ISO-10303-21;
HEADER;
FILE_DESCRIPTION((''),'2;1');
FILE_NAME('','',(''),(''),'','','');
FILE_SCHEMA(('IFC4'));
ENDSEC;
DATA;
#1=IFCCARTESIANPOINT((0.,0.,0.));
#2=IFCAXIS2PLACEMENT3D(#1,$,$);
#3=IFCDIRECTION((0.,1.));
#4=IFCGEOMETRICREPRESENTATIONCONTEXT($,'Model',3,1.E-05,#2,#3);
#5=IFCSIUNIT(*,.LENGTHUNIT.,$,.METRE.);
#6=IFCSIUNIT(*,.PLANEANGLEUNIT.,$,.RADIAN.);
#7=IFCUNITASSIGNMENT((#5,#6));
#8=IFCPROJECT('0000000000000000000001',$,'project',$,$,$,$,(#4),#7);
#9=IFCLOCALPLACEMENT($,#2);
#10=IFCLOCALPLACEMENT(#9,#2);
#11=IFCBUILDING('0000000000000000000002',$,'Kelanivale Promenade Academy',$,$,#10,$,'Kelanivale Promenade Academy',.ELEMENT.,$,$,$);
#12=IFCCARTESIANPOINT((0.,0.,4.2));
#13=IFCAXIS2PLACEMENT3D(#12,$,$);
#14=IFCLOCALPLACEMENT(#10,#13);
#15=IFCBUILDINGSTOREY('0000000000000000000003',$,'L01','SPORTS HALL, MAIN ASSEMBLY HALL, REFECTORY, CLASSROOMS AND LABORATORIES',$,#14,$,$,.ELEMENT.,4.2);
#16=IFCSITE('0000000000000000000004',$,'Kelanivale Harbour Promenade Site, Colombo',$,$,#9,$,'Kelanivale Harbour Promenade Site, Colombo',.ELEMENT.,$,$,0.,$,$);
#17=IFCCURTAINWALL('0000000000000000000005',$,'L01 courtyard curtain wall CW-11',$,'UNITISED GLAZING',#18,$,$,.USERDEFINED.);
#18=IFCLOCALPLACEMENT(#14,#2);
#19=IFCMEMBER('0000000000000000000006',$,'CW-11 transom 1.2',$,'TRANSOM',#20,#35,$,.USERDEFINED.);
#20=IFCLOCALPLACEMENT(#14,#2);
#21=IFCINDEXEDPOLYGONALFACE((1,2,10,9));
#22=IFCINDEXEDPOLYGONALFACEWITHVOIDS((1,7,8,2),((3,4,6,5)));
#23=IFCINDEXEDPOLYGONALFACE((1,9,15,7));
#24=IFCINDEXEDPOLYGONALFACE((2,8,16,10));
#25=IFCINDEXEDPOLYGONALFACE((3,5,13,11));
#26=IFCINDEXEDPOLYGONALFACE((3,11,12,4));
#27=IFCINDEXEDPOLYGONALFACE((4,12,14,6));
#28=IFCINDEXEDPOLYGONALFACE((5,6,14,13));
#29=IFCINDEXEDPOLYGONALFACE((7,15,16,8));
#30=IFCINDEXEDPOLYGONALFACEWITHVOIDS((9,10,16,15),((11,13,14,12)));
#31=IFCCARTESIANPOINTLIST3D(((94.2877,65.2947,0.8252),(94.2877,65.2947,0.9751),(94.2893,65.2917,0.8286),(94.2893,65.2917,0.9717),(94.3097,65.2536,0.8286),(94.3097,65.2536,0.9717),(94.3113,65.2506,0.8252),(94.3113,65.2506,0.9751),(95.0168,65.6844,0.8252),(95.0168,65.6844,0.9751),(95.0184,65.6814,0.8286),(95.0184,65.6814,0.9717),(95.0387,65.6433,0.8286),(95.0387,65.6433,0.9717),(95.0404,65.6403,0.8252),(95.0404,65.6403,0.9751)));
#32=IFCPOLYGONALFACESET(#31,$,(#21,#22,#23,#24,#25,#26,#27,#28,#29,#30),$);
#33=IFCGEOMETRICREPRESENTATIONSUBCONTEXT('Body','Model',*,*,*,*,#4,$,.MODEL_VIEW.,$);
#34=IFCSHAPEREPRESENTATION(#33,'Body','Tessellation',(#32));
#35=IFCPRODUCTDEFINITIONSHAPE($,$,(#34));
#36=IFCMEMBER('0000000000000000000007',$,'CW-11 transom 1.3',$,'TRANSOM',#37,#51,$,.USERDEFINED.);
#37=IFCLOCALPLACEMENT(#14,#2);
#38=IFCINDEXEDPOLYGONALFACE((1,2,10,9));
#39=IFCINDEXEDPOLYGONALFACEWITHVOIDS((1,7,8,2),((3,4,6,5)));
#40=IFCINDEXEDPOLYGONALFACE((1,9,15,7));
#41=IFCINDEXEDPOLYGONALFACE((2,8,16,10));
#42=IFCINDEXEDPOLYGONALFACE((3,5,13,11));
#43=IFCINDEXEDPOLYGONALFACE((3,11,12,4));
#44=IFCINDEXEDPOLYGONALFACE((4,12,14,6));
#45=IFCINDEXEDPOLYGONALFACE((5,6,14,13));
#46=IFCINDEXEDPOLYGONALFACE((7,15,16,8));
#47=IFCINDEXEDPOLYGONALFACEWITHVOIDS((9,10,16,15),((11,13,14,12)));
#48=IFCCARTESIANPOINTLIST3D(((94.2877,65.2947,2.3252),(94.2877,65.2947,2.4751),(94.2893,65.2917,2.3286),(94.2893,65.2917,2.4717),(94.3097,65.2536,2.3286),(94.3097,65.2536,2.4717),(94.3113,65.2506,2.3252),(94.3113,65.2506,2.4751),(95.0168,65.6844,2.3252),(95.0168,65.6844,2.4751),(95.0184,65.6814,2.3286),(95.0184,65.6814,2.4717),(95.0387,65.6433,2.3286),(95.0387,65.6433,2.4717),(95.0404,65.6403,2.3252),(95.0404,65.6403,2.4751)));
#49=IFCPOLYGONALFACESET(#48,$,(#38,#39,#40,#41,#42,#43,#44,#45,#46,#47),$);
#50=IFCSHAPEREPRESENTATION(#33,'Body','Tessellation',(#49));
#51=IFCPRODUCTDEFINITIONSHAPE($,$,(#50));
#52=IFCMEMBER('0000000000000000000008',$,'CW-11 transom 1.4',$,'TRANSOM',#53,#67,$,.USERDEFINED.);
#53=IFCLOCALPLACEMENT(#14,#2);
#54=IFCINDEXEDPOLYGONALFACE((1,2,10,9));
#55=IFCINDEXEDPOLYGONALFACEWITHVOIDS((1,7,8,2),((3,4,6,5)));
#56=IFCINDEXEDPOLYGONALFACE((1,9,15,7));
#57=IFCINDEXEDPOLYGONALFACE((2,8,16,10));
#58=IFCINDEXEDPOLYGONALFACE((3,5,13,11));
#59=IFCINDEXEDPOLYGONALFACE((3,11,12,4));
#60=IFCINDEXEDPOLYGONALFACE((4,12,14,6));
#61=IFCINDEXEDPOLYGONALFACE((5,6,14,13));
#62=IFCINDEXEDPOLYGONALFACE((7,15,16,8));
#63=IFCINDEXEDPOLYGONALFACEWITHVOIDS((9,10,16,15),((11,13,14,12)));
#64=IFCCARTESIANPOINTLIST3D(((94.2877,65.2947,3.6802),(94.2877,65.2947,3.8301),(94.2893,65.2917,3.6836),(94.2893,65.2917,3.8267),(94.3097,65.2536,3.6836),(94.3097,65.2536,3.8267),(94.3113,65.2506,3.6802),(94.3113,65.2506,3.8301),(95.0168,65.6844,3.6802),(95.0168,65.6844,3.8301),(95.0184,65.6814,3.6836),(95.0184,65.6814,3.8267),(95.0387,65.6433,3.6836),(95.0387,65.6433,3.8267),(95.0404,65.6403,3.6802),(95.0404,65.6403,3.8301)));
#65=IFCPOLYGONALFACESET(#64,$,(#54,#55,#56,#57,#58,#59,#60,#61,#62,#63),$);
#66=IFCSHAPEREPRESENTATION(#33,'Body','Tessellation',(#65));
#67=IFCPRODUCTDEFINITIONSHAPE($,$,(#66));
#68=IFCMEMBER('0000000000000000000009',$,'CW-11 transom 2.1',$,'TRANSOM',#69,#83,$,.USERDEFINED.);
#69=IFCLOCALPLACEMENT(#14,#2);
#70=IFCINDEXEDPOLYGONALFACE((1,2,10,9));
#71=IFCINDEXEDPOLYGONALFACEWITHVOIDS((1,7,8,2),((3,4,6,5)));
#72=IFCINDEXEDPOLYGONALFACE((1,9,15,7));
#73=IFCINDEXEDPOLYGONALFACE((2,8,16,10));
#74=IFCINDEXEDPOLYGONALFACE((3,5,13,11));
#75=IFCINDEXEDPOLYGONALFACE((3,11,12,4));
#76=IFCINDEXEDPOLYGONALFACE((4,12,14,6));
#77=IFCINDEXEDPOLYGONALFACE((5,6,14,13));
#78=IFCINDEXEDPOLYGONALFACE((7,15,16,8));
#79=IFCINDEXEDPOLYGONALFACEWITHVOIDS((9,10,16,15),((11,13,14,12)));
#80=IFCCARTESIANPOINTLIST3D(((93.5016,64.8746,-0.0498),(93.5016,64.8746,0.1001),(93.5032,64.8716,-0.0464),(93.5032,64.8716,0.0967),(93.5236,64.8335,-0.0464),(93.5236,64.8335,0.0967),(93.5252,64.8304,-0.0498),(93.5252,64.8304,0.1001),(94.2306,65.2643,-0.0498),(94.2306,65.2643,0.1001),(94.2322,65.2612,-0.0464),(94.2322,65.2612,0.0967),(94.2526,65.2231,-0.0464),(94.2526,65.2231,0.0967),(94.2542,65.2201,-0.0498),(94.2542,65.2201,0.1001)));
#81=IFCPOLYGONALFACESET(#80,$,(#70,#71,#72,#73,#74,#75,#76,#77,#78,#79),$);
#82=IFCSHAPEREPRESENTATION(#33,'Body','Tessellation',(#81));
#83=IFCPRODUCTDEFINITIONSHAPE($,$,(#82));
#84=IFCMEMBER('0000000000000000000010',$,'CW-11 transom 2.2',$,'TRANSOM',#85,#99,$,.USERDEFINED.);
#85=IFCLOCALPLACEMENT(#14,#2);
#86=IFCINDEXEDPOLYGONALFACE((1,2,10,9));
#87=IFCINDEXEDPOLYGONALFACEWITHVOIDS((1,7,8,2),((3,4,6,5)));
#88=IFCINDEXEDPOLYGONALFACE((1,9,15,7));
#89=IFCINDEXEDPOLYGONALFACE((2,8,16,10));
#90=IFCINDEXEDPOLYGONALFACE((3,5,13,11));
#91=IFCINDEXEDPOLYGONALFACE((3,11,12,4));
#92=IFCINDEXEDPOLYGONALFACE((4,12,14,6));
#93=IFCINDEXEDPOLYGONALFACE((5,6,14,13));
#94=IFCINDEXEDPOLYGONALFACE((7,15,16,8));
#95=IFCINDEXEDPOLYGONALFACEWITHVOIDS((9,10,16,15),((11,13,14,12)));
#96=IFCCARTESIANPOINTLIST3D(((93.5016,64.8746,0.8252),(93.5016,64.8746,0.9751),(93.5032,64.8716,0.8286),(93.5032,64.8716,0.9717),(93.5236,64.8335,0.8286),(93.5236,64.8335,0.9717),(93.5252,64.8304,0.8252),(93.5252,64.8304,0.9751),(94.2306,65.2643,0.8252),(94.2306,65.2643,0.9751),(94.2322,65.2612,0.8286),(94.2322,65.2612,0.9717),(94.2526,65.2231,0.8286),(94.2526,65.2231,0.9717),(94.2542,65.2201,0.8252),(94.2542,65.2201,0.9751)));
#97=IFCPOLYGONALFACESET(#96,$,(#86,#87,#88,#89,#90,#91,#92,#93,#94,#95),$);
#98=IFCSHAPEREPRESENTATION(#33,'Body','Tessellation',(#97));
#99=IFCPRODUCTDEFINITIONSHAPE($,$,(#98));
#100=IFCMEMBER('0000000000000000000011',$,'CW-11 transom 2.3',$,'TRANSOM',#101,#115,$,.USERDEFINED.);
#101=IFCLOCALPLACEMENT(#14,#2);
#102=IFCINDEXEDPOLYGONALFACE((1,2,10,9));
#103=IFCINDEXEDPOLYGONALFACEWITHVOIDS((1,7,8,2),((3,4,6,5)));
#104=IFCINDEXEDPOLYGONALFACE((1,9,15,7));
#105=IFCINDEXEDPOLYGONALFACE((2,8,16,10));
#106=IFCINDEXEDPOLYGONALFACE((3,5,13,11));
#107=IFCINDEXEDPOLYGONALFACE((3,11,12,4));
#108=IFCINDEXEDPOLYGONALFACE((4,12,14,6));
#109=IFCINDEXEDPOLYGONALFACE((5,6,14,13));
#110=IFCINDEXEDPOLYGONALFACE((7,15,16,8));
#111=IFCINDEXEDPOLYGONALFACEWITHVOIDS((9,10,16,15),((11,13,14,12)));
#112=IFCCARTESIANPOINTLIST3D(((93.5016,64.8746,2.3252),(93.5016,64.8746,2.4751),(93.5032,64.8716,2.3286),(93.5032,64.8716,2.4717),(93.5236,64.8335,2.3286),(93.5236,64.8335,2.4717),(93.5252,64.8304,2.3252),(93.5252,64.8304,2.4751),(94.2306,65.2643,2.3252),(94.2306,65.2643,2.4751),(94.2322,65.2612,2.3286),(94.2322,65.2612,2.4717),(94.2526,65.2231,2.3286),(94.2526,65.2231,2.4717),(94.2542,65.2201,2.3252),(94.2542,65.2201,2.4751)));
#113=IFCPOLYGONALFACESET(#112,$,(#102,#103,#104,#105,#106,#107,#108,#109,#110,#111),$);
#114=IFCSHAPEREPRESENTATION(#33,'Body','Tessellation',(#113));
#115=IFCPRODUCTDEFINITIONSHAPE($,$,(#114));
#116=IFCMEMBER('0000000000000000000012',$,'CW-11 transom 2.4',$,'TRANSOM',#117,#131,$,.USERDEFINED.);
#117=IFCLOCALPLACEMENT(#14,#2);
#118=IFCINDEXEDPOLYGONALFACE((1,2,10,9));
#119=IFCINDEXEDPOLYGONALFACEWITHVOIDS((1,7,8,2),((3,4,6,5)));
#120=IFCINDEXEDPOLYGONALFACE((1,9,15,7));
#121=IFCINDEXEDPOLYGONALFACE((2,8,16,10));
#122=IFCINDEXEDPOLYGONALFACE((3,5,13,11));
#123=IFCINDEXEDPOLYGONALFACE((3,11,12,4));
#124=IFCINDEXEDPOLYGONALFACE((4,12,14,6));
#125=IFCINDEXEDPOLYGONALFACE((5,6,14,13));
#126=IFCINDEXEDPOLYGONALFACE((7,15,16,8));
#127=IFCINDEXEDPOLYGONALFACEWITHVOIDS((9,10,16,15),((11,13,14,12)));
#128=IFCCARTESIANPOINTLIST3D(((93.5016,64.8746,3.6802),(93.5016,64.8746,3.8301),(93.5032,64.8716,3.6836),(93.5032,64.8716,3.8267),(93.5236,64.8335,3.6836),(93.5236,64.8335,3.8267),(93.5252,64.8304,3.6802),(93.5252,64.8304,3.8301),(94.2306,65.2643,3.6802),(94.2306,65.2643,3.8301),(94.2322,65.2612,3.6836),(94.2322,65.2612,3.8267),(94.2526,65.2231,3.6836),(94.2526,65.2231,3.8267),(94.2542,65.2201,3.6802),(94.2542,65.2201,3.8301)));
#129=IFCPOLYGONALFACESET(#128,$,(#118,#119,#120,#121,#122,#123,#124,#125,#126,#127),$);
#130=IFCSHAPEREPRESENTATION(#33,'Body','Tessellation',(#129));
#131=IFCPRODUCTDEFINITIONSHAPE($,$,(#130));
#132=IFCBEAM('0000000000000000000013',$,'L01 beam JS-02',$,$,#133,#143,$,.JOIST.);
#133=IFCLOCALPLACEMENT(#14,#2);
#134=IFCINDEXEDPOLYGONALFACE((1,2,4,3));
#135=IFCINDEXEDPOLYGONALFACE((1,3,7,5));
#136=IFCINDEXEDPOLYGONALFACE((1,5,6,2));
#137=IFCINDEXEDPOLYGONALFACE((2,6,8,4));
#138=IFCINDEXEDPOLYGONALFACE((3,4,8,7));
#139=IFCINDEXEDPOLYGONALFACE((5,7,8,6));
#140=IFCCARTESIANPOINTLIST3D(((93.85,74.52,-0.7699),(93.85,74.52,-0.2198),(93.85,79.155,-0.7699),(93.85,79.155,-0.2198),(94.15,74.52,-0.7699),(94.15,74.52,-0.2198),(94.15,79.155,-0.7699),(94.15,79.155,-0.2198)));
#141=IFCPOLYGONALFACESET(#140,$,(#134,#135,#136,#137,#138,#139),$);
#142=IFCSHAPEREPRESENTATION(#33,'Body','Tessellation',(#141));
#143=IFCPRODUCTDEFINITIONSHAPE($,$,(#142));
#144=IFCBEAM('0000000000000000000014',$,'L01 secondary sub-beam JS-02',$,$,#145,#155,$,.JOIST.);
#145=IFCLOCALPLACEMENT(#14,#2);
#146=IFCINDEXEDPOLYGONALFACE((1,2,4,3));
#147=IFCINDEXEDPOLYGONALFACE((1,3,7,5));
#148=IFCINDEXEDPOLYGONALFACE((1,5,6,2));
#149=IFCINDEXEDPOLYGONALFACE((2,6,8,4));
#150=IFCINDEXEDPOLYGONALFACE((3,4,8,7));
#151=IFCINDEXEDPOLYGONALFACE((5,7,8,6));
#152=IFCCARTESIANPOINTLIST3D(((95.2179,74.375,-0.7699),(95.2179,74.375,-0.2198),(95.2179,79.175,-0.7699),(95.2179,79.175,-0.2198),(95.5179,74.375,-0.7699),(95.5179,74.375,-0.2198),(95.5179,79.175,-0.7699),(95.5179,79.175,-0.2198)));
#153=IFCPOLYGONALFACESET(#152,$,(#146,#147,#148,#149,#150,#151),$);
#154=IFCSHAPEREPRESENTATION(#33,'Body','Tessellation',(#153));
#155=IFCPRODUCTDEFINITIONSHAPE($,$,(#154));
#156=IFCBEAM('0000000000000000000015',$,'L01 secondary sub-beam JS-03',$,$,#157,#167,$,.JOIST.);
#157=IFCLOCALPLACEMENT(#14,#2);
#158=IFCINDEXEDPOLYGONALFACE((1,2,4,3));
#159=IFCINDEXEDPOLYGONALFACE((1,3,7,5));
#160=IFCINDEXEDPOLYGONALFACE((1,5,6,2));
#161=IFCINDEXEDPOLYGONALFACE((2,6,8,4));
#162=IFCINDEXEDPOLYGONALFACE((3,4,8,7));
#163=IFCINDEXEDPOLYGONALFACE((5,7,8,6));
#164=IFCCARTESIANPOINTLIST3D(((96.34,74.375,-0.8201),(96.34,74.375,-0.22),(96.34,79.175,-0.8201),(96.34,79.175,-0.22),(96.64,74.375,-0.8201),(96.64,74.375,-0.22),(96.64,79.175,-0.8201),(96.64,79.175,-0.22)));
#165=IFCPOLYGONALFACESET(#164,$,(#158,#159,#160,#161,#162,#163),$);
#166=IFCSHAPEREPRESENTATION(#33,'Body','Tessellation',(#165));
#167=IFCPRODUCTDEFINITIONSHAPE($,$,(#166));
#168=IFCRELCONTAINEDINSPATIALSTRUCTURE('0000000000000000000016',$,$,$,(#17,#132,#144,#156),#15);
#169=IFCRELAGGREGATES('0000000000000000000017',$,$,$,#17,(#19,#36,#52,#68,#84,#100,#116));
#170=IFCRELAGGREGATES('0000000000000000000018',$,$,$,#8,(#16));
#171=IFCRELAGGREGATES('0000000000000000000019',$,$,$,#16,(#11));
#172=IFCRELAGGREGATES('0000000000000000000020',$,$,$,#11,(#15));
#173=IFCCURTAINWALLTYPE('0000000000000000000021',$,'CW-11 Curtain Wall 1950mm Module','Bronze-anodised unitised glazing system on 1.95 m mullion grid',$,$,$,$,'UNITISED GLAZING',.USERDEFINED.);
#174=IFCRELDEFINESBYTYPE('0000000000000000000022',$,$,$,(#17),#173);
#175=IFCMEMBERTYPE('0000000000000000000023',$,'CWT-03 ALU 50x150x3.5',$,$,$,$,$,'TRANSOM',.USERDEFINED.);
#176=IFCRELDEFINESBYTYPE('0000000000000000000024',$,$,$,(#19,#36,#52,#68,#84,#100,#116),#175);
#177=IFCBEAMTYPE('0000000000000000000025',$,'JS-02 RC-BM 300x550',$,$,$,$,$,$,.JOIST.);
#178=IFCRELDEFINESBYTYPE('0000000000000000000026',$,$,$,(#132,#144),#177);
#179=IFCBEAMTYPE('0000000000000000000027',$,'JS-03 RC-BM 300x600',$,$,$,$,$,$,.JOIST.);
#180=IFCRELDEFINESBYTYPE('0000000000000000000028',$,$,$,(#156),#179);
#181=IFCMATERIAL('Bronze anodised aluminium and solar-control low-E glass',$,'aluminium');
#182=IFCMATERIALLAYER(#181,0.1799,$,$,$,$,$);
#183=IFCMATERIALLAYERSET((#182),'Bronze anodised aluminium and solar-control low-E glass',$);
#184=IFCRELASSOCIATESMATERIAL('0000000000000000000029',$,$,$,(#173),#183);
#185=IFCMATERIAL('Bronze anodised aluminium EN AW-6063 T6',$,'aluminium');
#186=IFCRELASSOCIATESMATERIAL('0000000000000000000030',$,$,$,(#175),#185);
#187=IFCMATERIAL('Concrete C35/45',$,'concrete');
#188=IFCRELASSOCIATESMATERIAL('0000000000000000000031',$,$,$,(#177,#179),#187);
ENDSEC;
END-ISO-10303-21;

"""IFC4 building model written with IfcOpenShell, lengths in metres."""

from ifc_helpers import new_model, si_unit, direction, frame, origin, origin_2d, place, context, subcontext, project, spatial, rectangle, hollow_rectangle, extrude, material, layer, layer_set, material_profile, profile_set, type_object, element, aggregate, save


model = new_model("IFC4")

# Units and contexts
model_context = context("Model", 3, precision=1e-05, world=origin(), true_north=direction((0.0, 1.0)))
body_context = subcontext(model_context, "Body", "Model", "MODEL_VIEW")
ifc_project = project(units=[si_unit("LENGTHUNIT", "METRE"), si_unit("PLANEANGLEUNIT", "RADIAN")], contexts=[model_context])

# Site, building, storey
site_placement = place(None, origin())
site = spatial("IfcSite", under=ifc_project, at=site_placement, Name="Kelanivale Harbour Promenade Site, Colombo", LongName="Kelanivale Harbour Promenade Site, Colombo", CompositionType="ELEMENT", RefElevation=0.0)
building_placement = place(site_placement, origin())
building = spatial("IfcBuilding", under=site, at=building_placement, Name="Kelanivale Promenade Academy", LongName="Kelanivale Promenade Academy", CompositionType="ELEMENT")
storey_placement = place(building_placement, frame((0.0, 0.0, 4.2)))
storey = spatial("IfcBuildingStorey", under=building, at=storey_placement, Name="L01", Description="SPORTS HALL, MAIN ASSEMBLY HALL, REFECTORY, CLASSROOMS AND LABORATORIES", CompositionType="ELEMENT", Elevation=4.2)

# Shared definitions
ifc_material_1 = material(Name="Concrete C35/45", Category="concrete")

# Shared definitions
ifc_material_2 = material(Name="Bronze anodised aluminium and solar-control low-E glass", Category="aluminium")
ifc_material_3 = material(Name="Bronze anodised aluminium EN AW-6063 T6", Category="aluminium")

# Curtain wall
ifc_layer_1 = layer(ifc_material_2, 0.1799)
ifc_layer_set_1 = layer_set([ifc_layer_1], Name="Bronze anodised aluminium and solar-control low-E glass")
curtain_wall_type_1 = type_object("IfcCurtainWallType", Name="CW-11 Curtain Wall 1950mm Module", Description="Bronze-anodised unitised glazing system on 1.95 m mullion grid", ElementType="UNITISED GLAZING", PredefinedType="USERDEFINED", material=ifc_layer_set_1)
curtain_wall_1_placement = place(storey_placement, origin())
curtain_wall_1 = element("IfcCurtainWall", 1, at=curtain_wall_1_placement, inside=storey, type_object=curtain_wall_type_1, Name="L01 courtyard curtain wall CW-11", ObjectType="UNITISED GLAZING", PredefinedType="USERDEFINED")

# Members
ifc_material_profile_1 = material_profile(ifc_material_3, hollow_rectangle(XDim=0.05, YDim=0.1499, WallThickness=0.0034, at=origin_2d()), Name="ALU 50x150x3.5")
ifc_profile_set_1 = profile_set([ifc_material_profile_1], Name="Bronze anodised aluminium EN AW-6063 T6")
member_type_1 = type_object("IfcMemberType", Name="CWT-03 ALU 50x150x3.5", ElementType="TRANSOM", PredefinedType="USERDEFINED", material=ifc_profile_set_1)
member_1_placement = place(storey_placement, frame((95.0286, 65.6624, 0.9001), z_axis=(-0.881927, -0.471385, 0.0), x_axis=(0.471385, -0.881927, 0.0)))
member_1 = element("IfcMember", 2, at=member_1_placement, type_object=member_type_1, Name="CW-11 transom 1.2", ObjectType="TRANSOM", PredefinedType="USERDEFINED", context=body_context, shape_type="SweptSolid", body=[
    extrude(hollow_rectangle(XDim=0.05, YDim=0.1499, WallThickness=0.0034, at=origin_2d()), origin(), (0.0, 0.0, 1.0), 0.8267),
])
member_2_placement = place(storey_placement, frame((95.0286, 65.6624, 2.4001), z_axis=(-0.881927, -0.471385, 0.0), x_axis=(0.471385, -0.881927, 0.0)))
member_2 = element("IfcMember", 3, at=member_2_placement, type_object=member_type_1, Name="CW-11 transom 1.3", ObjectType="TRANSOM", PredefinedType="USERDEFINED", context=body_context, shape_type="SweptSolid", body=[
    extrude(hollow_rectangle(XDim=0.05, YDim=0.1499, WallThickness=0.0034, at=origin_2d()), origin(), (0.0, 0.0, 1.0), 0.8267),
])
member_3_placement = place(storey_placement, frame((95.0286, 65.6624, 3.7551), z_axis=(-0.881927, -0.471385, 0.0), x_axis=(0.471385, -0.881927, 0.0)))
member_3 = element("IfcMember", 4, at=member_3_placement, type_object=member_type_1, Name="CW-11 transom 1.4", ObjectType="TRANSOM", PredefinedType="USERDEFINED", context=body_context, shape_type="SweptSolid", body=[
    extrude(hollow_rectangle(XDim=0.05, YDim=0.1499, WallThickness=0.0034, at=origin_2d()), origin(), (0.0, 0.0, 1.0), 0.8267),
])
member_4_placement = place(storey_placement, frame((94.2424, 65.2422, 0.0251), z_axis=(-0.881927, -0.471385, 0.0), x_axis=(0.471385, -0.881927, 0.0)))
member_4 = element("IfcMember", 5, at=member_4_placement, type_object=member_type_1, Name="CW-11 transom 2.1", ObjectType="TRANSOM", PredefinedType="USERDEFINED", context=body_context, shape_type="SweptSolid", body=[
    extrude(hollow_rectangle(XDim=0.05, YDim=0.1499, WallThickness=0.0034, at=origin_2d()), origin(), (0.0, 0.0, 1.0), 0.8267),
])
member_5_placement = place(storey_placement, frame((94.2424, 65.2422, 0.9001), z_axis=(-0.881927, -0.471385, 0.0), x_axis=(0.471385, -0.881927, 0.0)))
member_5 = element("IfcMember", 6, at=member_5_placement, type_object=member_type_1, Name="CW-11 transom 2.2", ObjectType="TRANSOM", PredefinedType="USERDEFINED", context=body_context, shape_type="SweptSolid", body=[
    extrude(hollow_rectangle(XDim=0.05, YDim=0.1499, WallThickness=0.0034, at=origin_2d()), origin(), (0.0, 0.0, 1.0), 0.8267),
])
member_6_placement = place(storey_placement, frame((94.2424, 65.2422, 2.4001), z_axis=(-0.881927, -0.471385, 0.0), x_axis=(0.471385, -0.881927, 0.0)))
member_6 = element("IfcMember", 7, at=member_6_placement, type_object=member_type_1, Name="CW-11 transom 2.3", ObjectType="TRANSOM", PredefinedType="USERDEFINED", context=body_context, shape_type="SweptSolid", body=[
    extrude(hollow_rectangle(XDim=0.05, YDim=0.1499, WallThickness=0.0034, at=origin_2d()), origin(), (0.0, 0.0, 1.0), 0.8267),
])
member_7_placement = place(storey_placement, frame((94.2424, 65.2422, 3.7551), z_axis=(-0.881927, -0.471385, 0.0), x_axis=(0.471385, -0.881927, 0.0)))
member_7 = element("IfcMember", 8, at=member_7_placement, type_object=member_type_1, Name="CW-11 transom 2.4", ObjectType="TRANSOM", PredefinedType="USERDEFINED", context=body_context, shape_type="SweptSolid", body=[
    extrude(hollow_rectangle(XDim=0.05, YDim=0.1499, WallThickness=0.0034, at=origin_2d()), origin(), (0.0, 0.0, 1.0), 0.8267),
])

# Beams
ifc_material_profile_2 = material_profile(ifc_material_1, rectangle(XDim=0.3, YDim=0.55, at=origin_2d()), Name="RC-BM 300x550")
ifc_profile_set_2 = profile_set([ifc_material_profile_2], Name="Concrete C35/45")
beam_type_1 = type_object("IfcBeamType", Name="JS-02 RC-BM 300x550", PredefinedType="JOIST", material=ifc_profile_set_2)
beam_1_placement = place(storey_placement, frame((94.0, 74.52, -0.4949), z_axis=(0.0, 1.0, 0.0), x_axis=(-1.0, 0.0, 0.0)))
element("IfcBeam", 9, at=beam_1_placement, inside=storey, type_object=beam_type_1, Name="L01 beam JS-02", PredefinedType="JOIST", context=body_context, shape_type="SweptSolid", body=[
    extrude(rectangle(XDim=0.3, YDim=0.55, at=origin_2d()), origin(), (0.0, 0.0, 1.0), 4.635),
])
beam_2_placement = place(storey_placement, frame((95.3679, 74.375, -0.4949), z_axis=(0.0, 1.0, 0.0), x_axis=(-1.0, 0.0, 0.0)))
element("IfcBeam", 10, at=beam_2_placement, inside=storey, type_object=beam_type_1, Name="L01 secondary sub-beam JS-02", PredefinedType="JOIST", context=body_context, shape_type="SweptSolid", body=[
    extrude(rectangle(XDim=0.3, YDim=0.55, at=origin_2d()), origin(), (0.0, 0.0, 1.0), 4.8),
])
ifc_material_profile_3 = material_profile(ifc_material_1, rectangle(XDim=0.3, YDim=0.6001, at=origin_2d()), Name="RC-BM 300x600")
ifc_profile_set_3 = profile_set([ifc_material_profile_3], Name="Concrete C35/45")
beam_type_2 = type_object("IfcBeamType", Name="JS-03 RC-BM 300x600", PredefinedType="JOIST", material=ifc_profile_set_3)
beam_3_placement = place(storey_placement, frame((96.49, 74.375, -0.52), z_axis=(0.0, 1.0, 0.0), x_axis=(-1.0, 0.0, 0.0)))
element("IfcBeam", 11, at=beam_3_placement, inside=storey, type_object=beam_type_2, Name="L01 secondary sub-beam JS-03", PredefinedType="JOIST", context=body_context, shape_type="SweptSolid", body=[
    extrude(rectangle(XDim=0.3, YDim=0.6001, at=origin_2d()), origin(), (0.0, 0.0, 1.0), 4.8),
])

aggregate(curtain_wall_1, [member_1, member_2, member_3, member_4, member_5, member_6, member_7])

save(model, "model.ifc")
